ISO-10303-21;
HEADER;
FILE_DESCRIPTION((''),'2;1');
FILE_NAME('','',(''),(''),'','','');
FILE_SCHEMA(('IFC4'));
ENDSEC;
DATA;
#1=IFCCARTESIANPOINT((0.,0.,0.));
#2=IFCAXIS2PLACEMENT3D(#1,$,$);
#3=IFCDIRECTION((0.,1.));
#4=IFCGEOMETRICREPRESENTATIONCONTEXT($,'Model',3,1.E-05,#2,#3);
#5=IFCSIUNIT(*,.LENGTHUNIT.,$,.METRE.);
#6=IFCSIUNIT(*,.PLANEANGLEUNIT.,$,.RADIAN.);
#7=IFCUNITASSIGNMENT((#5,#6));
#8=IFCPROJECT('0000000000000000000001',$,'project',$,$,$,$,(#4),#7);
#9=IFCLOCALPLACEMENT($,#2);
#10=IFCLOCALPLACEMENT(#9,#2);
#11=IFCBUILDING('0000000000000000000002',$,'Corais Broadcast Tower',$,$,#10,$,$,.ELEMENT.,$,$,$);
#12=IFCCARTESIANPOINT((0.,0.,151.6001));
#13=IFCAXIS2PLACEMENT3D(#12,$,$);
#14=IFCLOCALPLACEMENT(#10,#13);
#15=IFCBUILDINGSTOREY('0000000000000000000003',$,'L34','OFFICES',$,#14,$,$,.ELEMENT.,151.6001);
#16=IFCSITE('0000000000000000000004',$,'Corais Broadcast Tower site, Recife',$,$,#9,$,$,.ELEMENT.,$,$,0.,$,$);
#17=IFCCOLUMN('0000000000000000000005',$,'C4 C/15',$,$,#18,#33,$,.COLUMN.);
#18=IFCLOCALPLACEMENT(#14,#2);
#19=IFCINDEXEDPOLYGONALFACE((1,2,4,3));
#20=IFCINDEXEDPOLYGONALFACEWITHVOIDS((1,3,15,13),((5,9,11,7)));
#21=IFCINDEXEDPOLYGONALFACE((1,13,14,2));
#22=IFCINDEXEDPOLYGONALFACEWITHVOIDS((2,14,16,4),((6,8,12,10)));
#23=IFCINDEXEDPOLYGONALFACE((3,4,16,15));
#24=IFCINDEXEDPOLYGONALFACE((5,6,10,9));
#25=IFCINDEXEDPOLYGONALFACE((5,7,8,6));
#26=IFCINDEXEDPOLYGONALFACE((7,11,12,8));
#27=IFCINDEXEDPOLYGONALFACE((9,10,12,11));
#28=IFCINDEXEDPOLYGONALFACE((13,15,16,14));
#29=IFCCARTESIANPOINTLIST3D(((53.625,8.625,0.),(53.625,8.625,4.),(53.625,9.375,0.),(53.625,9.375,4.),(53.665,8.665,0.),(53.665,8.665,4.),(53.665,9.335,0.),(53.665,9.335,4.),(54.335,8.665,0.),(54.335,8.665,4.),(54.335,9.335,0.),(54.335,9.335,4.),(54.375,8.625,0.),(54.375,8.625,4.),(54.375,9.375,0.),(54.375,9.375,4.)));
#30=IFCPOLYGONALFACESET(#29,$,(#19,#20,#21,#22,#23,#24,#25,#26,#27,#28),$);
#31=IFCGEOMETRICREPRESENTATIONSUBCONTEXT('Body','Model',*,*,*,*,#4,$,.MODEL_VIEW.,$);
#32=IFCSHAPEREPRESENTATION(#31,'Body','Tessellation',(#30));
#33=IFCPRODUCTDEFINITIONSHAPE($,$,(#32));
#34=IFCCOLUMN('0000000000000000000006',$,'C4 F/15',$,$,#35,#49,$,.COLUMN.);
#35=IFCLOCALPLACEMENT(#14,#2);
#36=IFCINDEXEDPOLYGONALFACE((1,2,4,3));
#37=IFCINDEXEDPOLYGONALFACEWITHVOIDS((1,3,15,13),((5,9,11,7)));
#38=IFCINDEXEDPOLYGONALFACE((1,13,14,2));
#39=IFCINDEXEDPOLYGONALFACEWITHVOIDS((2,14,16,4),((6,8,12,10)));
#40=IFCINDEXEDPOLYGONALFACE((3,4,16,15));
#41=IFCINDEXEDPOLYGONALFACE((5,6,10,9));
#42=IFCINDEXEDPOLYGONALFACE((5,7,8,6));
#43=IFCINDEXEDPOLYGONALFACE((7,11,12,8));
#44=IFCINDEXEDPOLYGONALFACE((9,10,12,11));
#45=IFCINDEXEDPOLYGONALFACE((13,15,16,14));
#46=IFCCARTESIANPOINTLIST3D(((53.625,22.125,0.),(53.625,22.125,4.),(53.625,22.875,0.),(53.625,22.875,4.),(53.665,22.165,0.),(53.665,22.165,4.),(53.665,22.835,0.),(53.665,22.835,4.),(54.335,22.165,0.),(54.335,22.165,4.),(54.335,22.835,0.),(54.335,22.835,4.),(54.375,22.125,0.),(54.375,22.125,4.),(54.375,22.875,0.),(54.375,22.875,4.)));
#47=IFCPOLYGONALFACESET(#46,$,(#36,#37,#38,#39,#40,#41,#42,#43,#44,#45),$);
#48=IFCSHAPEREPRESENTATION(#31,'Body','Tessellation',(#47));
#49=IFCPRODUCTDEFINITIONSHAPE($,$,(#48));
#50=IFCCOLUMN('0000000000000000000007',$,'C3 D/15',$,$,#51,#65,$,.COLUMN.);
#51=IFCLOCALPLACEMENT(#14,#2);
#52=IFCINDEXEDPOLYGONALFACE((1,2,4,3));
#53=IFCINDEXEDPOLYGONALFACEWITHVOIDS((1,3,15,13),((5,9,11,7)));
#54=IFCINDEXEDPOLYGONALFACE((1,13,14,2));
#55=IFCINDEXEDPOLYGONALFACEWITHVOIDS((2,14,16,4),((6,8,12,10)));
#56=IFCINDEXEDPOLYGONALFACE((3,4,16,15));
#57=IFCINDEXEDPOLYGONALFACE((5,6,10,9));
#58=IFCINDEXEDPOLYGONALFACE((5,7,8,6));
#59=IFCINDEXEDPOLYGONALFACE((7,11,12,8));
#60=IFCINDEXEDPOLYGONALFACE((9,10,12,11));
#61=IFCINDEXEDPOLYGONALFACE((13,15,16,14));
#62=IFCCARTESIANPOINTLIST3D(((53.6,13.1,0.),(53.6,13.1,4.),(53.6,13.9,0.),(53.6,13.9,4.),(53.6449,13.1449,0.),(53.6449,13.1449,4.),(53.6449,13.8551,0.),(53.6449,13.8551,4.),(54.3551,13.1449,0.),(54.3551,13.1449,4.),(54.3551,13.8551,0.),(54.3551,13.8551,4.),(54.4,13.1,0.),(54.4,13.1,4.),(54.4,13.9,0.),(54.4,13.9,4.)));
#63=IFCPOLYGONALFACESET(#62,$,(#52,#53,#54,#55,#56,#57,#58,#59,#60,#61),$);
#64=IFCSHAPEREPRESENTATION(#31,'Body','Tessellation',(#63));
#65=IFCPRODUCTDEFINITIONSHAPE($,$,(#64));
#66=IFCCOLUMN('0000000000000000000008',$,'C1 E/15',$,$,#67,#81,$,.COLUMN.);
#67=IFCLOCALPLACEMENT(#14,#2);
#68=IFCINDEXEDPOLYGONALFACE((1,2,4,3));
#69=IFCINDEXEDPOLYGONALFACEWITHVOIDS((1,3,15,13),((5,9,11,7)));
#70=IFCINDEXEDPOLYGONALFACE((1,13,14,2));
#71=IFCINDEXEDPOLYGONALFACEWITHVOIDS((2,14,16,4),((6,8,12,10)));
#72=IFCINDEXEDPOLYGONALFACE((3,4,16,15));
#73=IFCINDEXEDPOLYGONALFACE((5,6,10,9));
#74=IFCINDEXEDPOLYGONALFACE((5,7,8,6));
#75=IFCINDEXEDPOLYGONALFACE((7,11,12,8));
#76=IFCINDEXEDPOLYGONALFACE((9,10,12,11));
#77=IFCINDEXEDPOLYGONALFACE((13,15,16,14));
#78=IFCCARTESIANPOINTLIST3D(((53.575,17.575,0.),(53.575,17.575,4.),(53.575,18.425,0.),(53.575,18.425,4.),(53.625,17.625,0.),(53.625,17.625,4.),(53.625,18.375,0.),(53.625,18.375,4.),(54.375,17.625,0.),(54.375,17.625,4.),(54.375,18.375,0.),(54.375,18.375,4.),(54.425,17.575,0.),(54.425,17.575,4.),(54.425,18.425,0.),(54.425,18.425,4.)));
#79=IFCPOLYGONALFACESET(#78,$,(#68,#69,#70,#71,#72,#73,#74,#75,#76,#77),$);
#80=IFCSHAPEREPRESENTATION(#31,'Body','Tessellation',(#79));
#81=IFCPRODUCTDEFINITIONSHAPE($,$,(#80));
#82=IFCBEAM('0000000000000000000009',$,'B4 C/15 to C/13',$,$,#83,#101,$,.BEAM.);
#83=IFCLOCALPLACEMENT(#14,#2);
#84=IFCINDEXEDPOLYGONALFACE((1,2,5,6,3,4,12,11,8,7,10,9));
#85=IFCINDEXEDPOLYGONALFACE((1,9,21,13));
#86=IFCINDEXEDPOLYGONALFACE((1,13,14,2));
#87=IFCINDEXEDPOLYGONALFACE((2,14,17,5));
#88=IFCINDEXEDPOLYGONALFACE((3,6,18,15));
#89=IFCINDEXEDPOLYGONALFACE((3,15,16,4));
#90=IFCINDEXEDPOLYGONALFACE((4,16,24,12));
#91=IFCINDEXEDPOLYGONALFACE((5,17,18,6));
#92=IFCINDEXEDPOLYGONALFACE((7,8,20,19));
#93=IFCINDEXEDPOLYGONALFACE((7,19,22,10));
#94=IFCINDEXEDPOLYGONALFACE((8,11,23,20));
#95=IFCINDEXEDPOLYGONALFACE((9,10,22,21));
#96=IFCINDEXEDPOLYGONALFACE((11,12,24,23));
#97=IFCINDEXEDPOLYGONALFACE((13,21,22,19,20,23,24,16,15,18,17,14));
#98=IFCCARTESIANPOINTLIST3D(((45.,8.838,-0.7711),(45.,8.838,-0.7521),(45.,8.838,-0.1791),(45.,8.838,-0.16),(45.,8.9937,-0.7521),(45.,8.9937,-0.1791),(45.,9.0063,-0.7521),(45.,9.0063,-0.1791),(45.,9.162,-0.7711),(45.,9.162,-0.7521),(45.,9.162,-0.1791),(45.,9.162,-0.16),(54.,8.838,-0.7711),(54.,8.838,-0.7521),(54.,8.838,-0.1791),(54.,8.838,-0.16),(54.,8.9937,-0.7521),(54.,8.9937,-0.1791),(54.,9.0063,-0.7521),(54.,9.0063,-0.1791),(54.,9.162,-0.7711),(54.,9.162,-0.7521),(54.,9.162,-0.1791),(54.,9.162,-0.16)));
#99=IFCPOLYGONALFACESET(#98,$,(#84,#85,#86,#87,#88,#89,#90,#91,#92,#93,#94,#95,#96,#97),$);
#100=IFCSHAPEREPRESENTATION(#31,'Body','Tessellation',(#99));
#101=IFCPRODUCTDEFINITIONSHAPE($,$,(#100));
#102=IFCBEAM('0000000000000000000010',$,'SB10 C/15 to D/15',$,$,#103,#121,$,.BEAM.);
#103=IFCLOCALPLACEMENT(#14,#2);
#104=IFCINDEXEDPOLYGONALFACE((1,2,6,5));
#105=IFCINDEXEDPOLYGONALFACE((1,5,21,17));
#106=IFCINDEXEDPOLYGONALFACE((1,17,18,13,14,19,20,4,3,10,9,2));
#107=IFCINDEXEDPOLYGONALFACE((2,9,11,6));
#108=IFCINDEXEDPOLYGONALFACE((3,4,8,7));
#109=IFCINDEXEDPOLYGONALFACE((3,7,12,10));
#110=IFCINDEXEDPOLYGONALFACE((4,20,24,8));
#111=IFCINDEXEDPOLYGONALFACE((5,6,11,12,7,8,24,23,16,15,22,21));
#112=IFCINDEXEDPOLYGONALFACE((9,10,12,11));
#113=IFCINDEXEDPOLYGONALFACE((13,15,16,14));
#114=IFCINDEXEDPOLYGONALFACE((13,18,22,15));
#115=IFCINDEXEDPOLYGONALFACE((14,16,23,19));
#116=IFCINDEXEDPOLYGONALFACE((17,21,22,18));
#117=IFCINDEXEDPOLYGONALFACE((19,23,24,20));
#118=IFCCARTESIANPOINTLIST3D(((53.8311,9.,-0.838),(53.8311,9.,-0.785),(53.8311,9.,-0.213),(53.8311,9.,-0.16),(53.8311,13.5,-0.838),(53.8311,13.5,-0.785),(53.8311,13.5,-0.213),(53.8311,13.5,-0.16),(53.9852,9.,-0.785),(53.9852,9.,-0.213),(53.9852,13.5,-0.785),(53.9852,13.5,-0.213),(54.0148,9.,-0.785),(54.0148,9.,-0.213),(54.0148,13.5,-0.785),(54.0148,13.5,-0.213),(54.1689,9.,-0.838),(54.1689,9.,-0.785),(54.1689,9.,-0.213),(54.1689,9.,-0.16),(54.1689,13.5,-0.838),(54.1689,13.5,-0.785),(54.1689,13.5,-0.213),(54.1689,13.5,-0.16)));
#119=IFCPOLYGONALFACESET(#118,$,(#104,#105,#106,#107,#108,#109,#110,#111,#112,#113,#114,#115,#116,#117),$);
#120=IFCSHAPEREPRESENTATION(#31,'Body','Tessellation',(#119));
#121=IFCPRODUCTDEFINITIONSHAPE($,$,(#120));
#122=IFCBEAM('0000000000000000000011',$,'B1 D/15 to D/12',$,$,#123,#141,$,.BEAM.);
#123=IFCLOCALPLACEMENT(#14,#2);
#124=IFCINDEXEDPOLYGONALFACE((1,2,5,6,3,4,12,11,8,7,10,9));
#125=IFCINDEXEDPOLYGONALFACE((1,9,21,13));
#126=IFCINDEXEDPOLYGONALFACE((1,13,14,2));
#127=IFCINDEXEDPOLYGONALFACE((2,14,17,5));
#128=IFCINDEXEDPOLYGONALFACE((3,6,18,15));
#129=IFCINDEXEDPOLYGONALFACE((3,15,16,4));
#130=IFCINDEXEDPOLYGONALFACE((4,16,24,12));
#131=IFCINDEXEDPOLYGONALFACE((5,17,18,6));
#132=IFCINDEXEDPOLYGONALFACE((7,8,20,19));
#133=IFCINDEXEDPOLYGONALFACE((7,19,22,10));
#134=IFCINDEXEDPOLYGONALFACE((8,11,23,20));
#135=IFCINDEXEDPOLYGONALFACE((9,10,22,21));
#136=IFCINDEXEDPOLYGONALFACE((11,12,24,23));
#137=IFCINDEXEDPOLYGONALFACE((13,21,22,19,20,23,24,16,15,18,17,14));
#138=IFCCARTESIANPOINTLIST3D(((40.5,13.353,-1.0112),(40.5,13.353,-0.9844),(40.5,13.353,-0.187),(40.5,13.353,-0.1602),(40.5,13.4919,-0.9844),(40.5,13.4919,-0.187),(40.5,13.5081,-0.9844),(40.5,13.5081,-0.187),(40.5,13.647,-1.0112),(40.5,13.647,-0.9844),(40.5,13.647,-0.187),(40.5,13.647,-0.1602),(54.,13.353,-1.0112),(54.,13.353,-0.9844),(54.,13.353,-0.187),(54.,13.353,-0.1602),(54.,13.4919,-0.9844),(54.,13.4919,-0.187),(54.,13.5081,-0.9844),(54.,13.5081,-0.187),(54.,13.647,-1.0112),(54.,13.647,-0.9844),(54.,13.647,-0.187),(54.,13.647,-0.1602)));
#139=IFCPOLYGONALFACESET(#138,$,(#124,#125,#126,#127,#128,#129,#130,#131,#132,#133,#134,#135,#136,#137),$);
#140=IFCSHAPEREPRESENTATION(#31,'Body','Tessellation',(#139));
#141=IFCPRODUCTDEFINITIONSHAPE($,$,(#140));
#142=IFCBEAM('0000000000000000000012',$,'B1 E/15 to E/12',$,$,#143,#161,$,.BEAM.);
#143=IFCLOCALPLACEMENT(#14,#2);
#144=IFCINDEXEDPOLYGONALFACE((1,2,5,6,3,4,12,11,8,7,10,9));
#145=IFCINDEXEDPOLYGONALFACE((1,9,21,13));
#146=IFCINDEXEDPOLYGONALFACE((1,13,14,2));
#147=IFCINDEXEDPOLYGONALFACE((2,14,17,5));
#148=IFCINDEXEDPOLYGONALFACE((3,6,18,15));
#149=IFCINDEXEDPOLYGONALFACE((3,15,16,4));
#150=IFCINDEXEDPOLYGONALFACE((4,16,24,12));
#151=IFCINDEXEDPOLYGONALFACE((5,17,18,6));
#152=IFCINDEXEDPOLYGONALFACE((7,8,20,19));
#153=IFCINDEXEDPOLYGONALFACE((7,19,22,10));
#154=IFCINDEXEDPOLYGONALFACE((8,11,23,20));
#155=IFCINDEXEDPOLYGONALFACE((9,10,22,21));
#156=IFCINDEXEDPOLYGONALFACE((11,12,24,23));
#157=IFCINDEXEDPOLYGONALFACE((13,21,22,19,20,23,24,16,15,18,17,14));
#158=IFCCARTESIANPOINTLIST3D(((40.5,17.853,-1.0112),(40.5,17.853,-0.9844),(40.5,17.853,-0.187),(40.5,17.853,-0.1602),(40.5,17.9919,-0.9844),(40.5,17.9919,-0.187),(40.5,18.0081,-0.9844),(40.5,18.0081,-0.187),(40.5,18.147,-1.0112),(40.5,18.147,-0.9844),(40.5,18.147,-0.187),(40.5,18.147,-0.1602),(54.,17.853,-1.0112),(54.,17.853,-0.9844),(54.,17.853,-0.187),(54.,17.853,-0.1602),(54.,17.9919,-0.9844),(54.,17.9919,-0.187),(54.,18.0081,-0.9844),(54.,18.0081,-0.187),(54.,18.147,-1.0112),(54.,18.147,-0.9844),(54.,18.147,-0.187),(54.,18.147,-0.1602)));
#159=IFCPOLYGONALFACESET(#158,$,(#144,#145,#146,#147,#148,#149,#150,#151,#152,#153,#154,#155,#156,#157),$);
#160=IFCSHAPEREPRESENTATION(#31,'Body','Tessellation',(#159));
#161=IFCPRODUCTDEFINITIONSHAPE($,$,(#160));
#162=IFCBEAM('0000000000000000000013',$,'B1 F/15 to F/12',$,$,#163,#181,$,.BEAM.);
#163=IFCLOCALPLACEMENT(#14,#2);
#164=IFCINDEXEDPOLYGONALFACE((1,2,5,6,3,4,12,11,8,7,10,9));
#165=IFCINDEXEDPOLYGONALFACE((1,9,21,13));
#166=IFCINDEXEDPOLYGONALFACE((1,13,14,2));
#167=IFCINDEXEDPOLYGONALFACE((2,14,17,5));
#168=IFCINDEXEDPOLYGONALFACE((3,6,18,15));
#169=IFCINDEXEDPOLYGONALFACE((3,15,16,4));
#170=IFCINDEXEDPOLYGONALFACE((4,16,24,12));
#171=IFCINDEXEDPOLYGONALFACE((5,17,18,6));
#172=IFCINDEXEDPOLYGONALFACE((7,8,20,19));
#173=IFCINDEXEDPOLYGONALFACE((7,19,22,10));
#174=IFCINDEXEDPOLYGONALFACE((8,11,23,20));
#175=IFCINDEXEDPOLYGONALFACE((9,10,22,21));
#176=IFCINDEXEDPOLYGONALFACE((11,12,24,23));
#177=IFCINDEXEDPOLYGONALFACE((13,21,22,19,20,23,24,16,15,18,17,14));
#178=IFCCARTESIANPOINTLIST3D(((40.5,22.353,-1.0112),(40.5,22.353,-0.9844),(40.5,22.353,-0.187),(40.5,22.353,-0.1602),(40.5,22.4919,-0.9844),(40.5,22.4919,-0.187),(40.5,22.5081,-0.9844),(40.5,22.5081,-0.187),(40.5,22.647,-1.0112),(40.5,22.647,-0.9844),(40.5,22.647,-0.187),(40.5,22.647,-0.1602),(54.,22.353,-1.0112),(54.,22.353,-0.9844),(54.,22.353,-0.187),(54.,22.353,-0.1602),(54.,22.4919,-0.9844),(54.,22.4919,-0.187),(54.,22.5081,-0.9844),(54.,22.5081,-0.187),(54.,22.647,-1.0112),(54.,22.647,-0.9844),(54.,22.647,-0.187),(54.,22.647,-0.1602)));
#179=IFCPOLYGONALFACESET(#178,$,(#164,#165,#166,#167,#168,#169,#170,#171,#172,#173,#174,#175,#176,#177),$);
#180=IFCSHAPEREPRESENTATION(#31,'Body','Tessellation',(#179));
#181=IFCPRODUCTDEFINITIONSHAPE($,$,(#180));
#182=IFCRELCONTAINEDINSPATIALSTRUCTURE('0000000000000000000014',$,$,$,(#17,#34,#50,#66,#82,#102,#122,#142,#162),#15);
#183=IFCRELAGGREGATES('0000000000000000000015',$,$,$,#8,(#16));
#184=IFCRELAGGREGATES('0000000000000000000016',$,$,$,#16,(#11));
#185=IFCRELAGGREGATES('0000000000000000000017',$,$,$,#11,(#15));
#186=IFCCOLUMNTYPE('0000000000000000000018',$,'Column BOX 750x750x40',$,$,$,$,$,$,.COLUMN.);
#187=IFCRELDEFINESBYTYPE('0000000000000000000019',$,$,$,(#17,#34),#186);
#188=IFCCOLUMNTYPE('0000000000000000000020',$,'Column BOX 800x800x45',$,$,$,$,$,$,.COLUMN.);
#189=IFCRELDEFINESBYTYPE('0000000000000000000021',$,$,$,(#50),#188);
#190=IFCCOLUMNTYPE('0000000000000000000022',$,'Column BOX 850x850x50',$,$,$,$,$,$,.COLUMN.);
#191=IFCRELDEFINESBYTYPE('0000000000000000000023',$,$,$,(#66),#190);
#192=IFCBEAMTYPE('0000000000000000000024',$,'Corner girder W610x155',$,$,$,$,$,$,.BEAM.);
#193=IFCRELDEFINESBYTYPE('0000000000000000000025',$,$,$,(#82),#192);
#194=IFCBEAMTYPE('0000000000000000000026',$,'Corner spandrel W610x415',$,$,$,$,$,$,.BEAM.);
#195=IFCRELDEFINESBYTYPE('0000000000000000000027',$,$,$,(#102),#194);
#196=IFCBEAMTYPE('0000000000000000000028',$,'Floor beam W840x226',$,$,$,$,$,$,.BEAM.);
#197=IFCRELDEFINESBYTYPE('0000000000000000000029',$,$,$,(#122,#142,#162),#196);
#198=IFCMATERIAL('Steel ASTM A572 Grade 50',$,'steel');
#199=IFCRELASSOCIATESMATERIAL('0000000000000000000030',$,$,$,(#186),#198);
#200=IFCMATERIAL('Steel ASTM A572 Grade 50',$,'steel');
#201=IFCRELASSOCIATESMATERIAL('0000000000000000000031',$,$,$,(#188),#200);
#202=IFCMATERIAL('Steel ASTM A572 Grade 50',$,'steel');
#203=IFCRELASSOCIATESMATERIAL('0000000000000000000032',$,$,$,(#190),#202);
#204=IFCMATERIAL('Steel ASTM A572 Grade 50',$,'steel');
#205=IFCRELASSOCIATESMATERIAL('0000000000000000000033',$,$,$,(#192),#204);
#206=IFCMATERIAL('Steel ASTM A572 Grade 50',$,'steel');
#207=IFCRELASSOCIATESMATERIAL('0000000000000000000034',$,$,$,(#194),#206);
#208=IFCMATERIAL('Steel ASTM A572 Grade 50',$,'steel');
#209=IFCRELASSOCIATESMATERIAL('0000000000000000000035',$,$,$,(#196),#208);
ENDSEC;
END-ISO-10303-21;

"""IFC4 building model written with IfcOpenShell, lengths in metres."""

from ifc_helpers import new_model, si_unit, direction, frame, origin, origin_2d, place, context, subcontext, project, spatial, hollow_rectangle, i_section, extrude, material, material_profile, profile_set, type_object, element, save


model = new_model("IFC4")

# Units and contexts
model_context = context("Model", 3, precision=1e-05, world=origin(), true_north=direction((0.0, 1.0)))
body_context = subcontext(model_context, "Body", "Model", "MODEL_VIEW")
ifc_project = project(units=[si_unit("LENGTHUNIT", "METRE"), si_unit("PLANEANGLEUNIT", "RADIAN")], contexts=[model_context])

# Site, building, storey
site_placement = place(None, origin())
site = spatial("IfcSite", under=ifc_project, at=site_placement, Name="Corais Broadcast Tower site, Recife", CompositionType="ELEMENT", RefElevation=0.0)
building_placement = place(site_placement, origin())
building = spatial("IfcBuilding", under=site, at=building_placement, Name="Corais Broadcast Tower", CompositionType="ELEMENT")
storey_placement = place(building_placement, frame((0.0, 0.0, 151.6001)))
storey = spatial("IfcBuildingStorey", under=building, at=storey_placement, Name="L34", Description="OFFICES", CompositionType="ELEMENT", Elevation=151.6001)

# Columns
ifc_material_1 = material(Name="Steel ASTM A572 Grade 50", Category="steel")
ifc_material_profile_1 = material_profile(ifc_material_1, hollow_rectangle(XDim=0.75, YDim=0.75, WallThickness=0.04, at=origin_2d()), Name="BOX 750x750x40")
ifc_profile_set_1 = profile_set([ifc_material_profile_1], Name="Steel ASTM A572 Grade 50")
column_type_1 = type_object("IfcColumnType", Name="Column BOX 750x750x40", PredefinedType="COLUMN", material=ifc_profile_set_1)
for number, where, z_axis, x_axis, name in (
    (1, (54.0, 9.0, 0.0), (0.0, 0.0, 1.0), (1.0, 0.0, 0.0), "C4 C/15"),
    (2, (54.0, 22.5, 0.0), (0.0, 0.0, 1.0), (1.0, 0.0, 0.0), "C4 F/15"),
):
    element("IfcColumn", number, at=place(storey_placement, frame(where, z_axis=z_axis, x_axis=x_axis)), inside=storey, type_object=column_type_1, Name=name, PredefinedType="COLUMN", context=body_context, shape_type="SweptSolid", body=[
        extrude(hollow_rectangle(XDim=0.75, YDim=0.75, WallThickness=0.04, at=origin_2d()), origin(), (0.0, 0.0, 1.0), 4.0),
    ])
ifc_material_2 = material(Name="Steel ASTM A572 Grade 50", Category="steel")
ifc_material_profile_2 = material_profile(ifc_material_2, hollow_rectangle(XDim=0.8, YDim=0.8, WallThickness=0.0449, at=origin_2d()), Name="BOX 800x800x45")
ifc_profile_set_2 = profile_set([ifc_material_profile_2], Name="Steel ASTM A572 Grade 50")
column_type_2 = type_object("IfcColumnType", Name="Column BOX 800x800x45", PredefinedType="COLUMN", material=ifc_profile_set_2)
column_1_placement = place(storey_placement, frame((54.0, 13.5, 0.0), z_axis=(0.0, 0.0, 1.0), x_axis=(1.0, 0.0, 0.0)))
element("IfcColumn", 3, at=column_1_placement, inside=storey, type_object=column_type_2, Name="C3 D/15", PredefinedType="COLUMN", context=body_context, shape_type="SweptSolid", body=[
    extrude(hollow_rectangle(XDim=0.8, YDim=0.8, WallThickness=0.0449, at=origin_2d()), origin(), (0.0, 0.0, 1.0), 4.0),
])
ifc_material_3 = material(Name="Steel ASTM A572 Grade 50", Category="steel")
ifc_material_profile_3 = material_profile(ifc_material_3, hollow_rectangle(XDim=0.8501, YDim=0.8501, WallThickness=0.05, at=origin_2d()), Name="BOX 850x850x50")
ifc_profile_set_3 = profile_set([ifc_material_profile_3], Name="Steel ASTM A572 Grade 50")
column_type_3 = type_object("IfcColumnType", Name="Column BOX 850x850x50", PredefinedType="COLUMN", material=ifc_profile_set_3)
column_2_placement = place(storey_placement, frame((54.0, 18.0, 0.0), z_axis=(0.0, 0.0, 1.0), x_axis=(1.0, 0.0, 0.0)))
element("IfcColumn", 4, at=column_2_placement, inside=storey, type_object=column_type_3, Name="C1 E/15", PredefinedType="COLUMN", context=body_context, shape_type="SweptSolid", body=[
    extrude(hollow_rectangle(XDim=0.8501, YDim=0.8501, WallThickness=0.05, at=origin_2d()), origin(), (0.0, 0.0, 1.0), 4.0),
])

# Beams
ifc_material_4 = material(Name="Steel ASTM A572 Grade 50", Category="steel")
ifc_material_profile_4 = material_profile(ifc_material_4, i_section(OverallWidth=0.324, OverallDepth=0.6111, WebThickness=0.0127, FlangeThickness=0.019, at=origin_2d()), Name="W610x155")
ifc_profile_set_4 = profile_set([ifc_material_profile_4], Name="Steel ASTM A572 Grade 50")
beam_type_1 = type_object("IfcBeamType", Name="Corner girder W610x155", PredefinedType="BEAM", material=ifc_profile_set_4)
beam_1_placement = place(storey_placement, frame((54.0, 9.0, -0.4656), z_axis=(-1.0, 0.0, 0.0), x_axis=(0.0, -1.0, 0.0)))
element("IfcBeam", 5, at=beam_1_placement, inside=storey, type_object=beam_type_1, Name="B4 C/15 to C/13", PredefinedType="BEAM", context=body_context, shape_type="SweptSolid", body=[
    extrude(i_section(OverallWidth=0.324, OverallDepth=0.6111, WebThickness=0.0127, FlangeThickness=0.019, at=origin_2d()), origin(), (0.0, 0.0, 1.0), 9.0),
])
ifc_material_5 = material(Name="Steel ASTM A572 Grade 50", Category="steel")
ifc_material_profile_5 = material_profile(ifc_material_5, i_section(OverallWidth=0.3379, OverallDepth=0.678, WebThickness=0.0295, FlangeThickness=0.053, at=origin_2d()), Name="W610x415")
ifc_profile_set_5 = profile_set([ifc_material_profile_5], Name="Steel ASTM A572 Grade 50")
beam_type_2 = type_object("IfcBeamType", Name="Corner spandrel W610x415", PredefinedType="BEAM", material=ifc_profile_set_5)
beam_2_placement = place(storey_placement, frame((54.0, 9.0, -0.499), z_axis=(0.0, 1.0, 0.0), x_axis=(-1.0, 0.0, 0.0)))
element("IfcBeam", 6, at=beam_2_placement, inside=storey, type_object=beam_type_2, Name="SB10 C/15 to D/15", PredefinedType="BEAM", context=body_context, shape_type="SweptSolid", body=[
    extrude(i_section(OverallWidth=0.3379, OverallDepth=0.678, WebThickness=0.0295, FlangeThickness=0.053, at=origin_2d()), origin(), (0.0, 0.0, 1.0), 4.5),
])
ifc_material_6 = material(Name="Steel ASTM A572 Grade 50", Category="steel")
ifc_material_profile_6 = material_profile(ifc_material_6, i_section(OverallWidth=0.2939, OverallDepth=0.8511, WebThickness=0.0161, FlangeThickness=0.0269, at=origin_2d()), Name="W840x226")
ifc_profile_set_6 = profile_set([ifc_material_profile_6], Name="Steel ASTM A572 Grade 50")
beam_type_3 = type_object("IfcBeamType", Name="Floor beam W840x226", PredefinedType="BEAM", material=ifc_profile_set_6)
for number, where, z_axis, x_axis, name in (
    (7, (54.0, 13.5, -0.5857), (-1.0, 0.0, 0.0), (0.0, -1.0, 0.0), "B1 D/15 to D/12"),
    (8, (54.0, 18.0, -0.5857), (-1.0, 0.0, 0.0), (0.0, -1.0, 0.0), "B1 E/15 to E/12"),
    (9, (54.0, 22.5, -0.5857), (-1.0, 0.0, 0.0), (0.0, -1.0, 0.0), "B1 F/15 to F/12"),
):
    element("IfcBeam", number, at=place(storey_placement, frame(where, z_axis=z_axis, x_axis=x_axis)), inside=storey, type_object=beam_type_3, Name=name, PredefinedType="BEAM", context=body_context, shape_type="SweptSolid", body=[
        extrude(i_section(OverallWidth=0.2939, OverallDepth=0.8511, WebThickness=0.0161, FlangeThickness=0.0269, at=origin_2d()), origin(), (0.0, 0.0, 1.0), 13.5),
    ])

save(model, "model.ifc")
